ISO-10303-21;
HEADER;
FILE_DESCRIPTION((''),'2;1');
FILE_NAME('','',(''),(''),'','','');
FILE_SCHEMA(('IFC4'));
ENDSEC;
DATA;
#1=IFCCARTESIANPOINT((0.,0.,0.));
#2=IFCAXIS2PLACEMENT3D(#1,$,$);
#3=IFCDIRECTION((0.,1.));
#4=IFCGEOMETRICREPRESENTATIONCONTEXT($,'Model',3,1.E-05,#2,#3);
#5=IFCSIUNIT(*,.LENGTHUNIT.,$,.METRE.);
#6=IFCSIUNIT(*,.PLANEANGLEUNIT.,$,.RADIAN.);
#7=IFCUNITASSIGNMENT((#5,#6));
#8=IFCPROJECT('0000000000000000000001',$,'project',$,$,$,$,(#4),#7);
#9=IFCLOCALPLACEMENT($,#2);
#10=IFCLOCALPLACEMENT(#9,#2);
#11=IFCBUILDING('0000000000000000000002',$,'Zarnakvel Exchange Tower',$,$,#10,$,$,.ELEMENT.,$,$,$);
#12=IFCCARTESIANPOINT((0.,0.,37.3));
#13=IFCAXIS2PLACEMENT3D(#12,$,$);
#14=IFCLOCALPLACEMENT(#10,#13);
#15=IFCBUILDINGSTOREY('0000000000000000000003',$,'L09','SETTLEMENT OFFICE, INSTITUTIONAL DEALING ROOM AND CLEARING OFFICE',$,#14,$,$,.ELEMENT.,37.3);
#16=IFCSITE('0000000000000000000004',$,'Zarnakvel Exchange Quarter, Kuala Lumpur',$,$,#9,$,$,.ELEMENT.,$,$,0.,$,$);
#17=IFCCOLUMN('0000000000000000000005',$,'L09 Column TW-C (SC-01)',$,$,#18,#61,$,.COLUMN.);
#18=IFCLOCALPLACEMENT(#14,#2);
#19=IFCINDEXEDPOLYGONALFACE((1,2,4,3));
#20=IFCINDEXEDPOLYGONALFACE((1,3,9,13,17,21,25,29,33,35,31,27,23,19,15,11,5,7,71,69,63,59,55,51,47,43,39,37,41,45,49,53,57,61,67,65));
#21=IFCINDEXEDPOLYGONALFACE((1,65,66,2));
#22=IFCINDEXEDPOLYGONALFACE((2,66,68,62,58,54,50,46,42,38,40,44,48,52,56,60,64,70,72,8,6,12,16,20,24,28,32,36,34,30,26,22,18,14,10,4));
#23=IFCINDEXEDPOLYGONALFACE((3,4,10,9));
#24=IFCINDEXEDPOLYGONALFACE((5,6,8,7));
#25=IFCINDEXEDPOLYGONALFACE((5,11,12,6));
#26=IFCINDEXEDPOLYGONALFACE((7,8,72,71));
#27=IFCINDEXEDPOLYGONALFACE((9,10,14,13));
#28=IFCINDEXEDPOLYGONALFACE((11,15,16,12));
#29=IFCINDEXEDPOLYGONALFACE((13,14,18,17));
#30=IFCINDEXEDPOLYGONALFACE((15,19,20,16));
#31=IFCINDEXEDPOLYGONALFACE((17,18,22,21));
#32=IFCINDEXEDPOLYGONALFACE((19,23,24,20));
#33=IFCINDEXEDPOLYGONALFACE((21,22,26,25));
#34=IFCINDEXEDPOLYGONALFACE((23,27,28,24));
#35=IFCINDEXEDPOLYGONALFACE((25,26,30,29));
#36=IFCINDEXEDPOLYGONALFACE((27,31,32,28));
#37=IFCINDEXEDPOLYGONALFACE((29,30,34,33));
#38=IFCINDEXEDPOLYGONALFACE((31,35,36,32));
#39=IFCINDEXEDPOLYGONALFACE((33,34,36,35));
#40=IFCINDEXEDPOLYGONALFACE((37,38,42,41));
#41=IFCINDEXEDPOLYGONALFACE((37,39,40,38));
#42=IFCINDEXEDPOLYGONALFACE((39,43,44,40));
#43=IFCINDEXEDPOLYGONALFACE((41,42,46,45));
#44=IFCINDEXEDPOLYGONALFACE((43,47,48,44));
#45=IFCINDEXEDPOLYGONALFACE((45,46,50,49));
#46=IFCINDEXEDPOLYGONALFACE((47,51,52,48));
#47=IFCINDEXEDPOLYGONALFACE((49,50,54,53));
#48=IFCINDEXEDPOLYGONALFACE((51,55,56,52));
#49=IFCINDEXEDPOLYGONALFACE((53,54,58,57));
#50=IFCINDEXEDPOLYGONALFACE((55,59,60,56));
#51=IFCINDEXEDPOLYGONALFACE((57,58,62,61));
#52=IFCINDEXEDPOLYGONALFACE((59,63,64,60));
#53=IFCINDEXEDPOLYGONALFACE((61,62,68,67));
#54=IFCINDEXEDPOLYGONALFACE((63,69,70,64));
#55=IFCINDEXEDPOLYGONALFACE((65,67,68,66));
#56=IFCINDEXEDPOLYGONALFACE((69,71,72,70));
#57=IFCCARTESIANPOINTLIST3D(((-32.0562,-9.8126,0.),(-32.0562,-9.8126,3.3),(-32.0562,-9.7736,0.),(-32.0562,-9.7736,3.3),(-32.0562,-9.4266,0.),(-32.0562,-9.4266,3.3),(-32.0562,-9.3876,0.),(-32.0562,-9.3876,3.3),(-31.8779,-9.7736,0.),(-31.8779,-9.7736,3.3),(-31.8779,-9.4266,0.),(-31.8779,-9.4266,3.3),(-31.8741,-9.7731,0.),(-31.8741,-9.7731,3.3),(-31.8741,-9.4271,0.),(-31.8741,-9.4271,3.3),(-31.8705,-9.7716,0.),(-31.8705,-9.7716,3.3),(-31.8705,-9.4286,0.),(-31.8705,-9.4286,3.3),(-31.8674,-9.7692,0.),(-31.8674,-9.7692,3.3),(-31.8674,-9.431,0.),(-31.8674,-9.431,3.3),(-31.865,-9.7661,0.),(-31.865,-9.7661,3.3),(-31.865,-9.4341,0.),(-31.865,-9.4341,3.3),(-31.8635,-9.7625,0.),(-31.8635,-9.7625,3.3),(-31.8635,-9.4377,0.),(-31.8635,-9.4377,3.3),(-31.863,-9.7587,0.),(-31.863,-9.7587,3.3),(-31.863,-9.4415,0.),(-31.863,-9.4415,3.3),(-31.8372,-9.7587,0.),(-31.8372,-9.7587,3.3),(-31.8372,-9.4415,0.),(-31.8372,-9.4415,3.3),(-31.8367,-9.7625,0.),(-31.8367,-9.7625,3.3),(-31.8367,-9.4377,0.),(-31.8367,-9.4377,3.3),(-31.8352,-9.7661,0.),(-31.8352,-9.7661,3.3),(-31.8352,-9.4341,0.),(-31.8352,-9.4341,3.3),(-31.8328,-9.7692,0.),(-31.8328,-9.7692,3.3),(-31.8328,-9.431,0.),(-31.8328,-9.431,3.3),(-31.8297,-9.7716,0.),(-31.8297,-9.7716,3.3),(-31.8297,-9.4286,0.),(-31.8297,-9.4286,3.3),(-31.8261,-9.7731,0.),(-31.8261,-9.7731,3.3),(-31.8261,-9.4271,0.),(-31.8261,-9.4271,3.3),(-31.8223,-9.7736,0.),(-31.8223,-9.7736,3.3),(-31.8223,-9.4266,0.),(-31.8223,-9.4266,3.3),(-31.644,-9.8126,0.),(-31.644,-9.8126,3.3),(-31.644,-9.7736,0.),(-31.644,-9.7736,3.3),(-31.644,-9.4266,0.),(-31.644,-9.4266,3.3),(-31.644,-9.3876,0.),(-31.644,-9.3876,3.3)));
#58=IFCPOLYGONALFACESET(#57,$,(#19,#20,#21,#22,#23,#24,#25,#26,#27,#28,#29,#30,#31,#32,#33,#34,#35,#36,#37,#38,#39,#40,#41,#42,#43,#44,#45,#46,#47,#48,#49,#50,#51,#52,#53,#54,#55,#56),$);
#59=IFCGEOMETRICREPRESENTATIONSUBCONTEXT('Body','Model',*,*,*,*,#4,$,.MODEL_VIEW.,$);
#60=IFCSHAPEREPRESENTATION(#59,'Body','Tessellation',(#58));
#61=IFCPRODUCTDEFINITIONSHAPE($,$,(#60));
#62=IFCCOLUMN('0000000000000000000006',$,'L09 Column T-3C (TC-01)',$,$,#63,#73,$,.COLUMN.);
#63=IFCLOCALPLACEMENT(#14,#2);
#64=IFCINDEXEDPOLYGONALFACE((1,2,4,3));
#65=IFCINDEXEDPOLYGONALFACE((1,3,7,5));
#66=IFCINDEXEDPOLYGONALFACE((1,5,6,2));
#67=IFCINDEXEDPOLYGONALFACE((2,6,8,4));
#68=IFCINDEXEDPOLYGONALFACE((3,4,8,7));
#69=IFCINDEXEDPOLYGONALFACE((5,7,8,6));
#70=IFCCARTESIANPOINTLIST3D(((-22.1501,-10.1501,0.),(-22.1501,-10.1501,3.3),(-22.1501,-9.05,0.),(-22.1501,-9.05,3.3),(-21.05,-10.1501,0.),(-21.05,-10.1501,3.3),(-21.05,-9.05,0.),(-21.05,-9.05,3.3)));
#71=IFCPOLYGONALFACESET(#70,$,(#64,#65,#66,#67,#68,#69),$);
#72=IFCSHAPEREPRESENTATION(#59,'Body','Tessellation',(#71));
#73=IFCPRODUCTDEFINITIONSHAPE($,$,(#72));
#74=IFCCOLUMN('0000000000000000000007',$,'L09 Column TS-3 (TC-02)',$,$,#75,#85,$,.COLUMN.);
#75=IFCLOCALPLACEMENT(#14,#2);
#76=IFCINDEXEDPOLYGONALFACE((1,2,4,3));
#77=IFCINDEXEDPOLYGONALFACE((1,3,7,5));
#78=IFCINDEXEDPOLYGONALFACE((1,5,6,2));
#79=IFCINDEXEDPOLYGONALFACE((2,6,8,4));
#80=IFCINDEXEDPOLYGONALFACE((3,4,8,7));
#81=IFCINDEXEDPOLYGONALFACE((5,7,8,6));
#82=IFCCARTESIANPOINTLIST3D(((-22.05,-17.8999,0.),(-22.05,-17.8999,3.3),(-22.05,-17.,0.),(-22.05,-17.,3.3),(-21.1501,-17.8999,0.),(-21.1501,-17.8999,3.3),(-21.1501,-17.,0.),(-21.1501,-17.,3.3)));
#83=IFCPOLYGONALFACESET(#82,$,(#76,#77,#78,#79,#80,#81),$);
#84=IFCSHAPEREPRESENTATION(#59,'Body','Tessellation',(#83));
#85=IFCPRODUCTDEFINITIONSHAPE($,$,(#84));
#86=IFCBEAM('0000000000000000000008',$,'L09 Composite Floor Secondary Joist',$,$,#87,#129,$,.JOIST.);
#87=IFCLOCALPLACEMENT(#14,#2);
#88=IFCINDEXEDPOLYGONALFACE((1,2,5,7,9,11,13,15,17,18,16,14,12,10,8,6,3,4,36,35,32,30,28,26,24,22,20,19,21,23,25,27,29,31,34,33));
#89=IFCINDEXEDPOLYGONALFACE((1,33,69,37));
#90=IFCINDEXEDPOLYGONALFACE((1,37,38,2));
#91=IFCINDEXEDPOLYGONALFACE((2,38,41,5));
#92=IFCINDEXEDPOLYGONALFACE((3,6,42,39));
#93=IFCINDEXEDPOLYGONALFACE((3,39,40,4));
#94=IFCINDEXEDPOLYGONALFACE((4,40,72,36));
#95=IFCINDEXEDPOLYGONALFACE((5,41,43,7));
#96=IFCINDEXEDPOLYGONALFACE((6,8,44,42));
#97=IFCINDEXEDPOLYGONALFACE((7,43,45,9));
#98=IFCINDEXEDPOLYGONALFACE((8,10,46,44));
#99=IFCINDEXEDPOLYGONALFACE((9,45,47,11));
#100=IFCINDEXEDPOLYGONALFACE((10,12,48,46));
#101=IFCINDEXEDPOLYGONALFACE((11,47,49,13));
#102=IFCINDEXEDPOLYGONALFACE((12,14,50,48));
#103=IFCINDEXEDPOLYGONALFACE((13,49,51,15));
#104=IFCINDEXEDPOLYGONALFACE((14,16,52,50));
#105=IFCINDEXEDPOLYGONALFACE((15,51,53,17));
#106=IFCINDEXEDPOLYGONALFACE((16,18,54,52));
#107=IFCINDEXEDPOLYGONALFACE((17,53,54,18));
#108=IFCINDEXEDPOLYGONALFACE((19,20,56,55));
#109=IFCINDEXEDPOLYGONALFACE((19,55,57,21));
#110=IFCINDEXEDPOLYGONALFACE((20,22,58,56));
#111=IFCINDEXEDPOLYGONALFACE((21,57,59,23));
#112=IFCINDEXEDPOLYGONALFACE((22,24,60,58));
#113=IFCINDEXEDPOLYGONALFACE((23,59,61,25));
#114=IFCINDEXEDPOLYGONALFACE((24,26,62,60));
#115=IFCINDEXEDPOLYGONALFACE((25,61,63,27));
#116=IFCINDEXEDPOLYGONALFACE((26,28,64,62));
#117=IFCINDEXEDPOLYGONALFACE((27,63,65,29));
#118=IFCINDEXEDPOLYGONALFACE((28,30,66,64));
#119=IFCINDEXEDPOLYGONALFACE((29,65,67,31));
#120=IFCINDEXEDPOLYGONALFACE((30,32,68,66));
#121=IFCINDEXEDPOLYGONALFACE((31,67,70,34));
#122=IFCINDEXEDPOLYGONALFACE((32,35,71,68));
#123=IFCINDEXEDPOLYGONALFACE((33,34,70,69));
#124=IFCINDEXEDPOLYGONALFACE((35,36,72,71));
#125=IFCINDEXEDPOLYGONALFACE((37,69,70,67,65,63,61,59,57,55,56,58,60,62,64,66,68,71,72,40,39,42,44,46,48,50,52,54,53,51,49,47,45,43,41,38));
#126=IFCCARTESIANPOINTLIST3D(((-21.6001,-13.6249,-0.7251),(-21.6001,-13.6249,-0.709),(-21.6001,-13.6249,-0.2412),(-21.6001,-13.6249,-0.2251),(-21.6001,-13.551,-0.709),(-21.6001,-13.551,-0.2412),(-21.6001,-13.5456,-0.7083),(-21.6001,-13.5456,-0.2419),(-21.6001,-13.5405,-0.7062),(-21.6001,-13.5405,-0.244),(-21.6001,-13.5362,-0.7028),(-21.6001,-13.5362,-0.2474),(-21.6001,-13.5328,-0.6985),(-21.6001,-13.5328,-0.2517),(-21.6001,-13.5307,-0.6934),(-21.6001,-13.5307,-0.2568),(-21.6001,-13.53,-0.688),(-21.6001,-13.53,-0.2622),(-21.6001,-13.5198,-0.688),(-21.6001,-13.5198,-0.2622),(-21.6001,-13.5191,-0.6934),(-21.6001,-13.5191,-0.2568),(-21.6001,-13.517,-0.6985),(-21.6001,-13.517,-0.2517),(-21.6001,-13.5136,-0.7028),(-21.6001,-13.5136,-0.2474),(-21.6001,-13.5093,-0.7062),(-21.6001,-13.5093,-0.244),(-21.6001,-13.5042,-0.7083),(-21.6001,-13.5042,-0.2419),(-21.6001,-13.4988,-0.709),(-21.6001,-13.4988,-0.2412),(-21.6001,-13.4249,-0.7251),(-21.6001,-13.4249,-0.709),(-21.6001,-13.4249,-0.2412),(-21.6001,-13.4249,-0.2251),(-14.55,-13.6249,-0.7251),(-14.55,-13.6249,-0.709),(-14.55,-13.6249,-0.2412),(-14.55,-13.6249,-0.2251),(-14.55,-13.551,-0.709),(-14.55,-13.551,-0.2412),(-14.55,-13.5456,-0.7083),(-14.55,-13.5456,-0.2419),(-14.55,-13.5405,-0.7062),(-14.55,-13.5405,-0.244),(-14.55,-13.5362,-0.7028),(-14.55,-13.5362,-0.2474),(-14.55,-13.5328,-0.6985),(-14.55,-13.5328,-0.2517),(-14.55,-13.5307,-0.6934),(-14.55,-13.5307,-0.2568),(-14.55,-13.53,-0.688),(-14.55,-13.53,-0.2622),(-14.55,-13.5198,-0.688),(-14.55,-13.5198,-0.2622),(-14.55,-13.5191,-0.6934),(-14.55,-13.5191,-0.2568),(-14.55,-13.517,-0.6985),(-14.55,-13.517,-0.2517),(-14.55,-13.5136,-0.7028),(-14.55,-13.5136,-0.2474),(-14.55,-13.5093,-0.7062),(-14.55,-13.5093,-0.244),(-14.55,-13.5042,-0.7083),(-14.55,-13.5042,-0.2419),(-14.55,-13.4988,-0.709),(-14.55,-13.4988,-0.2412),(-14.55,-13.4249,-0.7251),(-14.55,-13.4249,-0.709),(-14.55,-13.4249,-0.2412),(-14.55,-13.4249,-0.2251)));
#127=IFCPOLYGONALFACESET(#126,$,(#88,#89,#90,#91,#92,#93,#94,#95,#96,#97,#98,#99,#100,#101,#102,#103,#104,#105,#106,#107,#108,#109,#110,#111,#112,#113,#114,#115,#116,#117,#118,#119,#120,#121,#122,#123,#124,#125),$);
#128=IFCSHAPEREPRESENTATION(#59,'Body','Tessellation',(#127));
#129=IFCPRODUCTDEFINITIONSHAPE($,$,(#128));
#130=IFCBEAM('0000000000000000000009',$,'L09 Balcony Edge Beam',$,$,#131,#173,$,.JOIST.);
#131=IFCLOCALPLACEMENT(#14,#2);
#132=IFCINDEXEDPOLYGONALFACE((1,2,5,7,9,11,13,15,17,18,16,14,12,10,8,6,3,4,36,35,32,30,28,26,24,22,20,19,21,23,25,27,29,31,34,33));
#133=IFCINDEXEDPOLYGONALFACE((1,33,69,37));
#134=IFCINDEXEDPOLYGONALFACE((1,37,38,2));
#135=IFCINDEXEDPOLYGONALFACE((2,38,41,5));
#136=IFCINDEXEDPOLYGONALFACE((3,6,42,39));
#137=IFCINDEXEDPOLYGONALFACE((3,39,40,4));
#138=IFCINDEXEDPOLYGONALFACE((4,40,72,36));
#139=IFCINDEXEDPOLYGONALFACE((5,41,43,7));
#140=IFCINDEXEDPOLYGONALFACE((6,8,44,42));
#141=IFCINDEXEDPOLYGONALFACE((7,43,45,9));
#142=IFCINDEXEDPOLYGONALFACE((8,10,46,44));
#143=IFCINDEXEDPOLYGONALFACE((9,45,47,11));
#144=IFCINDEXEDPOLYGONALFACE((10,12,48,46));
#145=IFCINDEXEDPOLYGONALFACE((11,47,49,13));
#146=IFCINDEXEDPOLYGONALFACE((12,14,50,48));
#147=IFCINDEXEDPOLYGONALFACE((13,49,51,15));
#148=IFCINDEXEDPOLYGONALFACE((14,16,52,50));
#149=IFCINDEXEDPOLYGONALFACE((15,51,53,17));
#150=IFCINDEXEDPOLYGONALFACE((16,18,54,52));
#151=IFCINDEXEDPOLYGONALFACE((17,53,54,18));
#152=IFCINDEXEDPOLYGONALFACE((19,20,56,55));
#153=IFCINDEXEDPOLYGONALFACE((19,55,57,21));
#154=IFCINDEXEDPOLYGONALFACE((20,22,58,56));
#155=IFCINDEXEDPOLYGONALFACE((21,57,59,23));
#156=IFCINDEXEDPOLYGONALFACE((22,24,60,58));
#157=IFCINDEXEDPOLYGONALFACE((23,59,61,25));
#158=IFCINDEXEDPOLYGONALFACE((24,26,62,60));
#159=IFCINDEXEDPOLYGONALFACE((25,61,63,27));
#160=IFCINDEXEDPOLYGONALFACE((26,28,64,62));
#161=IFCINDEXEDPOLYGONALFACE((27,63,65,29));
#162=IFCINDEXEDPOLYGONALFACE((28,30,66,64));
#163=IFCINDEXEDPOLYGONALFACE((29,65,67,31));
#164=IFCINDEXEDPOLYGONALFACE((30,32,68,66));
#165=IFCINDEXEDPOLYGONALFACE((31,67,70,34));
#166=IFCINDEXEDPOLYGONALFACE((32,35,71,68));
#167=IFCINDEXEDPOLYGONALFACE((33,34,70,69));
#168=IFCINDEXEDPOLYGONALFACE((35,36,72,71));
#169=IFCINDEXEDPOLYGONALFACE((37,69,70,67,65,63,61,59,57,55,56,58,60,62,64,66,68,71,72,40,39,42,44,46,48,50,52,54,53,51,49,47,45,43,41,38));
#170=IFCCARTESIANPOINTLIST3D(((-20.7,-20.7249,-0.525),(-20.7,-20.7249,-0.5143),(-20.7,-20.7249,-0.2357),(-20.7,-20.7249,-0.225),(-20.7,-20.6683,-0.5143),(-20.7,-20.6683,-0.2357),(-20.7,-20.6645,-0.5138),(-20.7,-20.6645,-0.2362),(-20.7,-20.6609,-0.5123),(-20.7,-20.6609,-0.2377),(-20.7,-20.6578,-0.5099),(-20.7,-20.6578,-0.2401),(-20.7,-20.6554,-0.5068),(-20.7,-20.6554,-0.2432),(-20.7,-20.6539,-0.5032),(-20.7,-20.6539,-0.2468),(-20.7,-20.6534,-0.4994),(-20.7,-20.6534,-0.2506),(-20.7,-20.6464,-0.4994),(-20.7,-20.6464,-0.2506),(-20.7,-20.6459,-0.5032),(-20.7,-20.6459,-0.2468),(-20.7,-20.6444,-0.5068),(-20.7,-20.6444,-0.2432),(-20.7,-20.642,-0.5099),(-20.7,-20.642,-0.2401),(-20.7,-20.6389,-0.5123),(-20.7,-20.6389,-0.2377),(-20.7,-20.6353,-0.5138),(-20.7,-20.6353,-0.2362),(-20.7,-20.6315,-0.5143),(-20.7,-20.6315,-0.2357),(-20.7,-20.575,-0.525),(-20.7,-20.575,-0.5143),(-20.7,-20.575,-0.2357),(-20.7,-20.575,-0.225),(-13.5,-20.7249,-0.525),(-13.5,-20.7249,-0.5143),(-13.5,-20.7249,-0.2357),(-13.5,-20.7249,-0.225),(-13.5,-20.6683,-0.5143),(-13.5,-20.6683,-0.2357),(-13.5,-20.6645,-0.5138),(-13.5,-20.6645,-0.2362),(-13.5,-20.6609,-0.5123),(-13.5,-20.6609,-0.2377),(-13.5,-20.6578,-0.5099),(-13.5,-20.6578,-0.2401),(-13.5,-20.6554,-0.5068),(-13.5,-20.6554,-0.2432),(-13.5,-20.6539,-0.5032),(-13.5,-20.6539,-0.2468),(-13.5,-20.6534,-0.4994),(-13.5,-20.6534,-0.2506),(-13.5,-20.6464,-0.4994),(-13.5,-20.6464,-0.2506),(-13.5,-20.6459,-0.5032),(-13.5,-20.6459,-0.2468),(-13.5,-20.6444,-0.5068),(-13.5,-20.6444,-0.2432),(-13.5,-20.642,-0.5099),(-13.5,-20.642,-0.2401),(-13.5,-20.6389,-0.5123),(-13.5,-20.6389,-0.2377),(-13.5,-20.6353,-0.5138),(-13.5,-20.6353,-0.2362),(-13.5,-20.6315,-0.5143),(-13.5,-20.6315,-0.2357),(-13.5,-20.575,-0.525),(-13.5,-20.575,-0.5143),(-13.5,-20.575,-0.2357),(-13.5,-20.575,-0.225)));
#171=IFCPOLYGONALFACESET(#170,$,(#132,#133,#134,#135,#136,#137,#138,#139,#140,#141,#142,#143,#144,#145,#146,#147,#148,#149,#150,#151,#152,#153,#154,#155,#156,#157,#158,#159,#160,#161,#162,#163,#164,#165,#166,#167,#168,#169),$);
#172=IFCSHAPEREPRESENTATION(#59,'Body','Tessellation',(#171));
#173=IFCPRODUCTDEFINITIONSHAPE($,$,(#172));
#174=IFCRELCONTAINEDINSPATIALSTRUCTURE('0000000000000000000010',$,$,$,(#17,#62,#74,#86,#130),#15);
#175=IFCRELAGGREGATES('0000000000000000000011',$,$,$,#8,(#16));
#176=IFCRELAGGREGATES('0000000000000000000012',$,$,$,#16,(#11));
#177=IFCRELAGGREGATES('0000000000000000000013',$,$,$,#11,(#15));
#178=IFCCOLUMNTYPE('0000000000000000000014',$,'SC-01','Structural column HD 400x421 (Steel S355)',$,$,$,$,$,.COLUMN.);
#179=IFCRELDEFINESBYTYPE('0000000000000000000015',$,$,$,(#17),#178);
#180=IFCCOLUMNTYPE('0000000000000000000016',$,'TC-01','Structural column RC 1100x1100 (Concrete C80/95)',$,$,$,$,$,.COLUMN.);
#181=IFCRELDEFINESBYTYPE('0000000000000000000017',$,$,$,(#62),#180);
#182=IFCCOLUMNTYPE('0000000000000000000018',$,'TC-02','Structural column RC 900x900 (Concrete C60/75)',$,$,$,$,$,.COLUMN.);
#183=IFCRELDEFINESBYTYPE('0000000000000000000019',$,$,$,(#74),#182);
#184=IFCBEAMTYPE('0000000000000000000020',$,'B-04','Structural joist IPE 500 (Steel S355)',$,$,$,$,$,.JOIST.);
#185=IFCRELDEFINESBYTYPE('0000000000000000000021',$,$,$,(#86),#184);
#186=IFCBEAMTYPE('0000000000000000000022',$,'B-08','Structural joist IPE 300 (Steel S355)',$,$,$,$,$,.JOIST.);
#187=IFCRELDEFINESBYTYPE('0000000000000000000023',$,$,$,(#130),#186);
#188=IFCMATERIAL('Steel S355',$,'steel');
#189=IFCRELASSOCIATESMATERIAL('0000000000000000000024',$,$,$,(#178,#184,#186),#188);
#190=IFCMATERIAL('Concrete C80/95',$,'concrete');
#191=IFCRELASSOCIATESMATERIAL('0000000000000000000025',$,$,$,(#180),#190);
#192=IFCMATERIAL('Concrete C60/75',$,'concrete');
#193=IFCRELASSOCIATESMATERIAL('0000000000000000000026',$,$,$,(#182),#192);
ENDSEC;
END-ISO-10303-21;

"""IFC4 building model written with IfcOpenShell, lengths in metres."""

from ifc_helpers import new_model, si_unit, direction, frame, origin, origin_2d, place, context, subcontext, project, spatial, rectangle, i_section, extrude, material, material_profile, profile_set, type_object, element, save


model = new_model("IFC4")

# Units and contexts
model_context = context("Model", 3, precision=1e-05, world=origin(), true_north=direction((0.0, 1.0)))
body_context = subcontext(model_context, "Body", "Model", "MODEL_VIEW")
ifc_project = project(units=[si_unit("LENGTHUNIT", "METRE"), si_unit("PLANEANGLEUNIT", "RADIAN")], contexts=[model_context])

# Site, building, storey
site_placement = place(None, origin())
site = spatial("IfcSite", under=ifc_project, at=site_placement, Name="Zarnakvel Exchange Quarter, Kuala Lumpur", CompositionType="ELEMENT", RefElevation=0.0)
building_placement = place(site_placement, origin())
building = spatial("IfcBuilding", under=site, at=building_placement, Name="Zarnakvel Exchange Tower", CompositionType="ELEMENT")
storey_placement = place(building_placement, frame((0.0, 0.0, 37.3)))
storey = spatial("IfcBuildingStorey", under=building, at=storey_placement, Name="L09", Description="SETTLEMENT OFFICE, INSTITUTIONAL DEALING ROOM AND CLEARING OFFICE", CompositionType="ELEMENT", Elevation=37.3)

# Columns
ifc_material_1 = material(Name="Steel S355", Category="steel")
ifc_material_profile_1 = material_profile(ifc_material_1, i_section(OverallWidth=0.4121, OverallDepth=0.425, WebThickness=0.0259, FlangeThickness=0.0391, FilletRadius=0.0149, at=origin_2d()))
ifc_profile_set_1 = profile_set([ifc_material_profile_1], Name="Steel S355")
column_type_1 = type_object("IfcColumnType", Name="SC-01", Description="Structural column HD 400x421 (Steel S355)", PredefinedType="COLUMN", material=ifc_profile_set_1)
column_1_placement = place(storey_placement, frame((-31.8501, -9.6001, 0.0), z_axis=(0.0, 0.0, 1.0), x_axis=(1.0, 0.0, 0.0)))
element("IfcColumn", 1, at=column_1_placement, inside=storey, type_object=column_type_1, Name="L09 Column TW-C (SC-01)", PredefinedType="COLUMN", context=body_context, shape_type="SweptSolid", body=[
    extrude(i_section(OverallWidth=0.4121, OverallDepth=0.425, WebThickness=0.0259, FlangeThickness=0.0391, FilletRadius=0.0149, at=origin_2d()), origin(), (0.0, 0.0, 1.0), 3.3),
])
ifc_material_2 = material(Name="Concrete C80/95", Category="concrete")
ifc_material_profile_2 = material_profile(ifc_material_2, rectangle(XDim=1.1001, YDim=1.1001, at=origin_2d()))
ifc_profile_set_2 = profile_set([ifc_material_profile_2], Name="Concrete C80/95")
column_type_2 = type_object("IfcColumnType", Name="TC-01", Description="Structural column RC 1100x1100 (Concrete C80/95)", PredefinedType="COLUMN", material=ifc_profile_set_2)
column_2_placement = place(storey_placement, frame((-21.6001, -9.6001, 0.0), z_axis=(0.0, 0.0, 1.0), x_axis=(1.0, 0.0, 0.0)))
element("IfcColumn", 2, at=column_2_placement, inside=storey, type_object=column_type_2, Name="L09 Column T-3C (TC-01)", PredefinedType="COLUMN", context=body_context, shape_type="SweptSolid", body=[
    extrude(rectangle(XDim=1.1001, YDim=1.1001, at=origin_2d()), origin(), (0.0, 0.0, 1.0), 3.3),
])
ifc_material_3 = material(Name="Concrete C60/75", Category="concrete")
ifc_material_profile_3 = material_profile(ifc_material_3, rectangle(XDim=0.8999, YDim=0.8999, at=origin_2d()))
ifc_profile_set_3 = profile_set([ifc_material_profile_3], Name="Concrete C60/75")
column_type_3 = type_object("IfcColumnType", Name="TC-02", Description="Structural column RC 900x900 (Concrete C60/75)", PredefinedType="COLUMN", material=ifc_profile_set_3)
column_3_placement = place(storey_placement, frame((-21.6001, -17.45, 0.0), z_axis=(0.0, 0.0, 1.0), x_axis=(1.0, 0.0, 0.0)))
element("IfcColumn", 3, at=column_3_placement, inside=storey, type_object=column_type_3, Name="L09 Column TS-3 (TC-02)", PredefinedType="COLUMN", context=body_context, shape_type="SweptSolid", body=[
    extrude(rectangle(XDim=0.8999, YDim=0.8999, at=origin_2d()), origin(), (0.0, 0.0, 1.0), 3.3),
])

# Beams
ifc_material_profile_4 = material_profile(ifc_material_1, i_section(OverallWidth=0.2, OverallDepth=0.5, WebThickness=0.0103, FlangeThickness=0.0161, FilletRadius=0.021, at=origin_2d()))
ifc_profile_set_4 = profile_set([ifc_material_profile_4], Name="Steel S355")
beam_type_1 = type_object("IfcBeamType", Name="B-04", Description="Structural joist IPE 500 (Steel S355)", PredefinedType="JOIST", material=ifc_profile_set_4)
beam_1_placement = place(storey_placement, frame((-21.6001, -13.5249, -0.4751), z_axis=(1.0, 0.0, 0.0), x_axis=(0.0, 1.0, 0.0)))
element("IfcBeam", 4, at=beam_1_placement, inside=storey, type_object=beam_type_1, Name="L09 Composite Floor Secondary Joist", PredefinedType="JOIST", context=body_context, shape_type="SweptSolid", body=[
    extrude(i_section(OverallWidth=0.2, OverallDepth=0.5, WebThickness=0.0103, FlangeThickness=0.0161, FilletRadius=0.021, at=origin_2d()), origin(), (0.0, 0.0, 1.0), 7.05),
])
ifc_material_profile_5 = material_profile(ifc_material_1, i_section(OverallWidth=0.1499, OverallDepth=0.3, WebThickness=0.0071, FlangeThickness=0.0107, FilletRadius=0.0149, at=origin_2d()))
ifc_profile_set_5 = profile_set([ifc_material_profile_5], Name="Steel S355")
beam_type_2 = type_object("IfcBeamType", Name="B-08", Description="Structural joist IPE 300 (Steel S355)", PredefinedType="JOIST", material=ifc_profile_set_5)
beam_2_placement = place(storey_placement, frame((-20.7, -20.6499, -0.375), z_axis=(1.0, 0.0, 0.0), x_axis=(0.0, 1.0, 0.0)))
element("IfcBeam", 5, at=beam_2_placement, inside=storey, type_object=beam_type_2, Name="L09 Balcony Edge Beam", PredefinedType="JOIST", context=body_context, shape_type="SweptSolid", body=[
    extrude(i_section(OverallWidth=0.1499, OverallDepth=0.3, WebThickness=0.0071, FlangeThickness=0.0107, FilletRadius=0.0149, at=origin_2d()), origin(), (0.0, 0.0, 1.0), 7.2),
])

save(model, "model.ifc")
